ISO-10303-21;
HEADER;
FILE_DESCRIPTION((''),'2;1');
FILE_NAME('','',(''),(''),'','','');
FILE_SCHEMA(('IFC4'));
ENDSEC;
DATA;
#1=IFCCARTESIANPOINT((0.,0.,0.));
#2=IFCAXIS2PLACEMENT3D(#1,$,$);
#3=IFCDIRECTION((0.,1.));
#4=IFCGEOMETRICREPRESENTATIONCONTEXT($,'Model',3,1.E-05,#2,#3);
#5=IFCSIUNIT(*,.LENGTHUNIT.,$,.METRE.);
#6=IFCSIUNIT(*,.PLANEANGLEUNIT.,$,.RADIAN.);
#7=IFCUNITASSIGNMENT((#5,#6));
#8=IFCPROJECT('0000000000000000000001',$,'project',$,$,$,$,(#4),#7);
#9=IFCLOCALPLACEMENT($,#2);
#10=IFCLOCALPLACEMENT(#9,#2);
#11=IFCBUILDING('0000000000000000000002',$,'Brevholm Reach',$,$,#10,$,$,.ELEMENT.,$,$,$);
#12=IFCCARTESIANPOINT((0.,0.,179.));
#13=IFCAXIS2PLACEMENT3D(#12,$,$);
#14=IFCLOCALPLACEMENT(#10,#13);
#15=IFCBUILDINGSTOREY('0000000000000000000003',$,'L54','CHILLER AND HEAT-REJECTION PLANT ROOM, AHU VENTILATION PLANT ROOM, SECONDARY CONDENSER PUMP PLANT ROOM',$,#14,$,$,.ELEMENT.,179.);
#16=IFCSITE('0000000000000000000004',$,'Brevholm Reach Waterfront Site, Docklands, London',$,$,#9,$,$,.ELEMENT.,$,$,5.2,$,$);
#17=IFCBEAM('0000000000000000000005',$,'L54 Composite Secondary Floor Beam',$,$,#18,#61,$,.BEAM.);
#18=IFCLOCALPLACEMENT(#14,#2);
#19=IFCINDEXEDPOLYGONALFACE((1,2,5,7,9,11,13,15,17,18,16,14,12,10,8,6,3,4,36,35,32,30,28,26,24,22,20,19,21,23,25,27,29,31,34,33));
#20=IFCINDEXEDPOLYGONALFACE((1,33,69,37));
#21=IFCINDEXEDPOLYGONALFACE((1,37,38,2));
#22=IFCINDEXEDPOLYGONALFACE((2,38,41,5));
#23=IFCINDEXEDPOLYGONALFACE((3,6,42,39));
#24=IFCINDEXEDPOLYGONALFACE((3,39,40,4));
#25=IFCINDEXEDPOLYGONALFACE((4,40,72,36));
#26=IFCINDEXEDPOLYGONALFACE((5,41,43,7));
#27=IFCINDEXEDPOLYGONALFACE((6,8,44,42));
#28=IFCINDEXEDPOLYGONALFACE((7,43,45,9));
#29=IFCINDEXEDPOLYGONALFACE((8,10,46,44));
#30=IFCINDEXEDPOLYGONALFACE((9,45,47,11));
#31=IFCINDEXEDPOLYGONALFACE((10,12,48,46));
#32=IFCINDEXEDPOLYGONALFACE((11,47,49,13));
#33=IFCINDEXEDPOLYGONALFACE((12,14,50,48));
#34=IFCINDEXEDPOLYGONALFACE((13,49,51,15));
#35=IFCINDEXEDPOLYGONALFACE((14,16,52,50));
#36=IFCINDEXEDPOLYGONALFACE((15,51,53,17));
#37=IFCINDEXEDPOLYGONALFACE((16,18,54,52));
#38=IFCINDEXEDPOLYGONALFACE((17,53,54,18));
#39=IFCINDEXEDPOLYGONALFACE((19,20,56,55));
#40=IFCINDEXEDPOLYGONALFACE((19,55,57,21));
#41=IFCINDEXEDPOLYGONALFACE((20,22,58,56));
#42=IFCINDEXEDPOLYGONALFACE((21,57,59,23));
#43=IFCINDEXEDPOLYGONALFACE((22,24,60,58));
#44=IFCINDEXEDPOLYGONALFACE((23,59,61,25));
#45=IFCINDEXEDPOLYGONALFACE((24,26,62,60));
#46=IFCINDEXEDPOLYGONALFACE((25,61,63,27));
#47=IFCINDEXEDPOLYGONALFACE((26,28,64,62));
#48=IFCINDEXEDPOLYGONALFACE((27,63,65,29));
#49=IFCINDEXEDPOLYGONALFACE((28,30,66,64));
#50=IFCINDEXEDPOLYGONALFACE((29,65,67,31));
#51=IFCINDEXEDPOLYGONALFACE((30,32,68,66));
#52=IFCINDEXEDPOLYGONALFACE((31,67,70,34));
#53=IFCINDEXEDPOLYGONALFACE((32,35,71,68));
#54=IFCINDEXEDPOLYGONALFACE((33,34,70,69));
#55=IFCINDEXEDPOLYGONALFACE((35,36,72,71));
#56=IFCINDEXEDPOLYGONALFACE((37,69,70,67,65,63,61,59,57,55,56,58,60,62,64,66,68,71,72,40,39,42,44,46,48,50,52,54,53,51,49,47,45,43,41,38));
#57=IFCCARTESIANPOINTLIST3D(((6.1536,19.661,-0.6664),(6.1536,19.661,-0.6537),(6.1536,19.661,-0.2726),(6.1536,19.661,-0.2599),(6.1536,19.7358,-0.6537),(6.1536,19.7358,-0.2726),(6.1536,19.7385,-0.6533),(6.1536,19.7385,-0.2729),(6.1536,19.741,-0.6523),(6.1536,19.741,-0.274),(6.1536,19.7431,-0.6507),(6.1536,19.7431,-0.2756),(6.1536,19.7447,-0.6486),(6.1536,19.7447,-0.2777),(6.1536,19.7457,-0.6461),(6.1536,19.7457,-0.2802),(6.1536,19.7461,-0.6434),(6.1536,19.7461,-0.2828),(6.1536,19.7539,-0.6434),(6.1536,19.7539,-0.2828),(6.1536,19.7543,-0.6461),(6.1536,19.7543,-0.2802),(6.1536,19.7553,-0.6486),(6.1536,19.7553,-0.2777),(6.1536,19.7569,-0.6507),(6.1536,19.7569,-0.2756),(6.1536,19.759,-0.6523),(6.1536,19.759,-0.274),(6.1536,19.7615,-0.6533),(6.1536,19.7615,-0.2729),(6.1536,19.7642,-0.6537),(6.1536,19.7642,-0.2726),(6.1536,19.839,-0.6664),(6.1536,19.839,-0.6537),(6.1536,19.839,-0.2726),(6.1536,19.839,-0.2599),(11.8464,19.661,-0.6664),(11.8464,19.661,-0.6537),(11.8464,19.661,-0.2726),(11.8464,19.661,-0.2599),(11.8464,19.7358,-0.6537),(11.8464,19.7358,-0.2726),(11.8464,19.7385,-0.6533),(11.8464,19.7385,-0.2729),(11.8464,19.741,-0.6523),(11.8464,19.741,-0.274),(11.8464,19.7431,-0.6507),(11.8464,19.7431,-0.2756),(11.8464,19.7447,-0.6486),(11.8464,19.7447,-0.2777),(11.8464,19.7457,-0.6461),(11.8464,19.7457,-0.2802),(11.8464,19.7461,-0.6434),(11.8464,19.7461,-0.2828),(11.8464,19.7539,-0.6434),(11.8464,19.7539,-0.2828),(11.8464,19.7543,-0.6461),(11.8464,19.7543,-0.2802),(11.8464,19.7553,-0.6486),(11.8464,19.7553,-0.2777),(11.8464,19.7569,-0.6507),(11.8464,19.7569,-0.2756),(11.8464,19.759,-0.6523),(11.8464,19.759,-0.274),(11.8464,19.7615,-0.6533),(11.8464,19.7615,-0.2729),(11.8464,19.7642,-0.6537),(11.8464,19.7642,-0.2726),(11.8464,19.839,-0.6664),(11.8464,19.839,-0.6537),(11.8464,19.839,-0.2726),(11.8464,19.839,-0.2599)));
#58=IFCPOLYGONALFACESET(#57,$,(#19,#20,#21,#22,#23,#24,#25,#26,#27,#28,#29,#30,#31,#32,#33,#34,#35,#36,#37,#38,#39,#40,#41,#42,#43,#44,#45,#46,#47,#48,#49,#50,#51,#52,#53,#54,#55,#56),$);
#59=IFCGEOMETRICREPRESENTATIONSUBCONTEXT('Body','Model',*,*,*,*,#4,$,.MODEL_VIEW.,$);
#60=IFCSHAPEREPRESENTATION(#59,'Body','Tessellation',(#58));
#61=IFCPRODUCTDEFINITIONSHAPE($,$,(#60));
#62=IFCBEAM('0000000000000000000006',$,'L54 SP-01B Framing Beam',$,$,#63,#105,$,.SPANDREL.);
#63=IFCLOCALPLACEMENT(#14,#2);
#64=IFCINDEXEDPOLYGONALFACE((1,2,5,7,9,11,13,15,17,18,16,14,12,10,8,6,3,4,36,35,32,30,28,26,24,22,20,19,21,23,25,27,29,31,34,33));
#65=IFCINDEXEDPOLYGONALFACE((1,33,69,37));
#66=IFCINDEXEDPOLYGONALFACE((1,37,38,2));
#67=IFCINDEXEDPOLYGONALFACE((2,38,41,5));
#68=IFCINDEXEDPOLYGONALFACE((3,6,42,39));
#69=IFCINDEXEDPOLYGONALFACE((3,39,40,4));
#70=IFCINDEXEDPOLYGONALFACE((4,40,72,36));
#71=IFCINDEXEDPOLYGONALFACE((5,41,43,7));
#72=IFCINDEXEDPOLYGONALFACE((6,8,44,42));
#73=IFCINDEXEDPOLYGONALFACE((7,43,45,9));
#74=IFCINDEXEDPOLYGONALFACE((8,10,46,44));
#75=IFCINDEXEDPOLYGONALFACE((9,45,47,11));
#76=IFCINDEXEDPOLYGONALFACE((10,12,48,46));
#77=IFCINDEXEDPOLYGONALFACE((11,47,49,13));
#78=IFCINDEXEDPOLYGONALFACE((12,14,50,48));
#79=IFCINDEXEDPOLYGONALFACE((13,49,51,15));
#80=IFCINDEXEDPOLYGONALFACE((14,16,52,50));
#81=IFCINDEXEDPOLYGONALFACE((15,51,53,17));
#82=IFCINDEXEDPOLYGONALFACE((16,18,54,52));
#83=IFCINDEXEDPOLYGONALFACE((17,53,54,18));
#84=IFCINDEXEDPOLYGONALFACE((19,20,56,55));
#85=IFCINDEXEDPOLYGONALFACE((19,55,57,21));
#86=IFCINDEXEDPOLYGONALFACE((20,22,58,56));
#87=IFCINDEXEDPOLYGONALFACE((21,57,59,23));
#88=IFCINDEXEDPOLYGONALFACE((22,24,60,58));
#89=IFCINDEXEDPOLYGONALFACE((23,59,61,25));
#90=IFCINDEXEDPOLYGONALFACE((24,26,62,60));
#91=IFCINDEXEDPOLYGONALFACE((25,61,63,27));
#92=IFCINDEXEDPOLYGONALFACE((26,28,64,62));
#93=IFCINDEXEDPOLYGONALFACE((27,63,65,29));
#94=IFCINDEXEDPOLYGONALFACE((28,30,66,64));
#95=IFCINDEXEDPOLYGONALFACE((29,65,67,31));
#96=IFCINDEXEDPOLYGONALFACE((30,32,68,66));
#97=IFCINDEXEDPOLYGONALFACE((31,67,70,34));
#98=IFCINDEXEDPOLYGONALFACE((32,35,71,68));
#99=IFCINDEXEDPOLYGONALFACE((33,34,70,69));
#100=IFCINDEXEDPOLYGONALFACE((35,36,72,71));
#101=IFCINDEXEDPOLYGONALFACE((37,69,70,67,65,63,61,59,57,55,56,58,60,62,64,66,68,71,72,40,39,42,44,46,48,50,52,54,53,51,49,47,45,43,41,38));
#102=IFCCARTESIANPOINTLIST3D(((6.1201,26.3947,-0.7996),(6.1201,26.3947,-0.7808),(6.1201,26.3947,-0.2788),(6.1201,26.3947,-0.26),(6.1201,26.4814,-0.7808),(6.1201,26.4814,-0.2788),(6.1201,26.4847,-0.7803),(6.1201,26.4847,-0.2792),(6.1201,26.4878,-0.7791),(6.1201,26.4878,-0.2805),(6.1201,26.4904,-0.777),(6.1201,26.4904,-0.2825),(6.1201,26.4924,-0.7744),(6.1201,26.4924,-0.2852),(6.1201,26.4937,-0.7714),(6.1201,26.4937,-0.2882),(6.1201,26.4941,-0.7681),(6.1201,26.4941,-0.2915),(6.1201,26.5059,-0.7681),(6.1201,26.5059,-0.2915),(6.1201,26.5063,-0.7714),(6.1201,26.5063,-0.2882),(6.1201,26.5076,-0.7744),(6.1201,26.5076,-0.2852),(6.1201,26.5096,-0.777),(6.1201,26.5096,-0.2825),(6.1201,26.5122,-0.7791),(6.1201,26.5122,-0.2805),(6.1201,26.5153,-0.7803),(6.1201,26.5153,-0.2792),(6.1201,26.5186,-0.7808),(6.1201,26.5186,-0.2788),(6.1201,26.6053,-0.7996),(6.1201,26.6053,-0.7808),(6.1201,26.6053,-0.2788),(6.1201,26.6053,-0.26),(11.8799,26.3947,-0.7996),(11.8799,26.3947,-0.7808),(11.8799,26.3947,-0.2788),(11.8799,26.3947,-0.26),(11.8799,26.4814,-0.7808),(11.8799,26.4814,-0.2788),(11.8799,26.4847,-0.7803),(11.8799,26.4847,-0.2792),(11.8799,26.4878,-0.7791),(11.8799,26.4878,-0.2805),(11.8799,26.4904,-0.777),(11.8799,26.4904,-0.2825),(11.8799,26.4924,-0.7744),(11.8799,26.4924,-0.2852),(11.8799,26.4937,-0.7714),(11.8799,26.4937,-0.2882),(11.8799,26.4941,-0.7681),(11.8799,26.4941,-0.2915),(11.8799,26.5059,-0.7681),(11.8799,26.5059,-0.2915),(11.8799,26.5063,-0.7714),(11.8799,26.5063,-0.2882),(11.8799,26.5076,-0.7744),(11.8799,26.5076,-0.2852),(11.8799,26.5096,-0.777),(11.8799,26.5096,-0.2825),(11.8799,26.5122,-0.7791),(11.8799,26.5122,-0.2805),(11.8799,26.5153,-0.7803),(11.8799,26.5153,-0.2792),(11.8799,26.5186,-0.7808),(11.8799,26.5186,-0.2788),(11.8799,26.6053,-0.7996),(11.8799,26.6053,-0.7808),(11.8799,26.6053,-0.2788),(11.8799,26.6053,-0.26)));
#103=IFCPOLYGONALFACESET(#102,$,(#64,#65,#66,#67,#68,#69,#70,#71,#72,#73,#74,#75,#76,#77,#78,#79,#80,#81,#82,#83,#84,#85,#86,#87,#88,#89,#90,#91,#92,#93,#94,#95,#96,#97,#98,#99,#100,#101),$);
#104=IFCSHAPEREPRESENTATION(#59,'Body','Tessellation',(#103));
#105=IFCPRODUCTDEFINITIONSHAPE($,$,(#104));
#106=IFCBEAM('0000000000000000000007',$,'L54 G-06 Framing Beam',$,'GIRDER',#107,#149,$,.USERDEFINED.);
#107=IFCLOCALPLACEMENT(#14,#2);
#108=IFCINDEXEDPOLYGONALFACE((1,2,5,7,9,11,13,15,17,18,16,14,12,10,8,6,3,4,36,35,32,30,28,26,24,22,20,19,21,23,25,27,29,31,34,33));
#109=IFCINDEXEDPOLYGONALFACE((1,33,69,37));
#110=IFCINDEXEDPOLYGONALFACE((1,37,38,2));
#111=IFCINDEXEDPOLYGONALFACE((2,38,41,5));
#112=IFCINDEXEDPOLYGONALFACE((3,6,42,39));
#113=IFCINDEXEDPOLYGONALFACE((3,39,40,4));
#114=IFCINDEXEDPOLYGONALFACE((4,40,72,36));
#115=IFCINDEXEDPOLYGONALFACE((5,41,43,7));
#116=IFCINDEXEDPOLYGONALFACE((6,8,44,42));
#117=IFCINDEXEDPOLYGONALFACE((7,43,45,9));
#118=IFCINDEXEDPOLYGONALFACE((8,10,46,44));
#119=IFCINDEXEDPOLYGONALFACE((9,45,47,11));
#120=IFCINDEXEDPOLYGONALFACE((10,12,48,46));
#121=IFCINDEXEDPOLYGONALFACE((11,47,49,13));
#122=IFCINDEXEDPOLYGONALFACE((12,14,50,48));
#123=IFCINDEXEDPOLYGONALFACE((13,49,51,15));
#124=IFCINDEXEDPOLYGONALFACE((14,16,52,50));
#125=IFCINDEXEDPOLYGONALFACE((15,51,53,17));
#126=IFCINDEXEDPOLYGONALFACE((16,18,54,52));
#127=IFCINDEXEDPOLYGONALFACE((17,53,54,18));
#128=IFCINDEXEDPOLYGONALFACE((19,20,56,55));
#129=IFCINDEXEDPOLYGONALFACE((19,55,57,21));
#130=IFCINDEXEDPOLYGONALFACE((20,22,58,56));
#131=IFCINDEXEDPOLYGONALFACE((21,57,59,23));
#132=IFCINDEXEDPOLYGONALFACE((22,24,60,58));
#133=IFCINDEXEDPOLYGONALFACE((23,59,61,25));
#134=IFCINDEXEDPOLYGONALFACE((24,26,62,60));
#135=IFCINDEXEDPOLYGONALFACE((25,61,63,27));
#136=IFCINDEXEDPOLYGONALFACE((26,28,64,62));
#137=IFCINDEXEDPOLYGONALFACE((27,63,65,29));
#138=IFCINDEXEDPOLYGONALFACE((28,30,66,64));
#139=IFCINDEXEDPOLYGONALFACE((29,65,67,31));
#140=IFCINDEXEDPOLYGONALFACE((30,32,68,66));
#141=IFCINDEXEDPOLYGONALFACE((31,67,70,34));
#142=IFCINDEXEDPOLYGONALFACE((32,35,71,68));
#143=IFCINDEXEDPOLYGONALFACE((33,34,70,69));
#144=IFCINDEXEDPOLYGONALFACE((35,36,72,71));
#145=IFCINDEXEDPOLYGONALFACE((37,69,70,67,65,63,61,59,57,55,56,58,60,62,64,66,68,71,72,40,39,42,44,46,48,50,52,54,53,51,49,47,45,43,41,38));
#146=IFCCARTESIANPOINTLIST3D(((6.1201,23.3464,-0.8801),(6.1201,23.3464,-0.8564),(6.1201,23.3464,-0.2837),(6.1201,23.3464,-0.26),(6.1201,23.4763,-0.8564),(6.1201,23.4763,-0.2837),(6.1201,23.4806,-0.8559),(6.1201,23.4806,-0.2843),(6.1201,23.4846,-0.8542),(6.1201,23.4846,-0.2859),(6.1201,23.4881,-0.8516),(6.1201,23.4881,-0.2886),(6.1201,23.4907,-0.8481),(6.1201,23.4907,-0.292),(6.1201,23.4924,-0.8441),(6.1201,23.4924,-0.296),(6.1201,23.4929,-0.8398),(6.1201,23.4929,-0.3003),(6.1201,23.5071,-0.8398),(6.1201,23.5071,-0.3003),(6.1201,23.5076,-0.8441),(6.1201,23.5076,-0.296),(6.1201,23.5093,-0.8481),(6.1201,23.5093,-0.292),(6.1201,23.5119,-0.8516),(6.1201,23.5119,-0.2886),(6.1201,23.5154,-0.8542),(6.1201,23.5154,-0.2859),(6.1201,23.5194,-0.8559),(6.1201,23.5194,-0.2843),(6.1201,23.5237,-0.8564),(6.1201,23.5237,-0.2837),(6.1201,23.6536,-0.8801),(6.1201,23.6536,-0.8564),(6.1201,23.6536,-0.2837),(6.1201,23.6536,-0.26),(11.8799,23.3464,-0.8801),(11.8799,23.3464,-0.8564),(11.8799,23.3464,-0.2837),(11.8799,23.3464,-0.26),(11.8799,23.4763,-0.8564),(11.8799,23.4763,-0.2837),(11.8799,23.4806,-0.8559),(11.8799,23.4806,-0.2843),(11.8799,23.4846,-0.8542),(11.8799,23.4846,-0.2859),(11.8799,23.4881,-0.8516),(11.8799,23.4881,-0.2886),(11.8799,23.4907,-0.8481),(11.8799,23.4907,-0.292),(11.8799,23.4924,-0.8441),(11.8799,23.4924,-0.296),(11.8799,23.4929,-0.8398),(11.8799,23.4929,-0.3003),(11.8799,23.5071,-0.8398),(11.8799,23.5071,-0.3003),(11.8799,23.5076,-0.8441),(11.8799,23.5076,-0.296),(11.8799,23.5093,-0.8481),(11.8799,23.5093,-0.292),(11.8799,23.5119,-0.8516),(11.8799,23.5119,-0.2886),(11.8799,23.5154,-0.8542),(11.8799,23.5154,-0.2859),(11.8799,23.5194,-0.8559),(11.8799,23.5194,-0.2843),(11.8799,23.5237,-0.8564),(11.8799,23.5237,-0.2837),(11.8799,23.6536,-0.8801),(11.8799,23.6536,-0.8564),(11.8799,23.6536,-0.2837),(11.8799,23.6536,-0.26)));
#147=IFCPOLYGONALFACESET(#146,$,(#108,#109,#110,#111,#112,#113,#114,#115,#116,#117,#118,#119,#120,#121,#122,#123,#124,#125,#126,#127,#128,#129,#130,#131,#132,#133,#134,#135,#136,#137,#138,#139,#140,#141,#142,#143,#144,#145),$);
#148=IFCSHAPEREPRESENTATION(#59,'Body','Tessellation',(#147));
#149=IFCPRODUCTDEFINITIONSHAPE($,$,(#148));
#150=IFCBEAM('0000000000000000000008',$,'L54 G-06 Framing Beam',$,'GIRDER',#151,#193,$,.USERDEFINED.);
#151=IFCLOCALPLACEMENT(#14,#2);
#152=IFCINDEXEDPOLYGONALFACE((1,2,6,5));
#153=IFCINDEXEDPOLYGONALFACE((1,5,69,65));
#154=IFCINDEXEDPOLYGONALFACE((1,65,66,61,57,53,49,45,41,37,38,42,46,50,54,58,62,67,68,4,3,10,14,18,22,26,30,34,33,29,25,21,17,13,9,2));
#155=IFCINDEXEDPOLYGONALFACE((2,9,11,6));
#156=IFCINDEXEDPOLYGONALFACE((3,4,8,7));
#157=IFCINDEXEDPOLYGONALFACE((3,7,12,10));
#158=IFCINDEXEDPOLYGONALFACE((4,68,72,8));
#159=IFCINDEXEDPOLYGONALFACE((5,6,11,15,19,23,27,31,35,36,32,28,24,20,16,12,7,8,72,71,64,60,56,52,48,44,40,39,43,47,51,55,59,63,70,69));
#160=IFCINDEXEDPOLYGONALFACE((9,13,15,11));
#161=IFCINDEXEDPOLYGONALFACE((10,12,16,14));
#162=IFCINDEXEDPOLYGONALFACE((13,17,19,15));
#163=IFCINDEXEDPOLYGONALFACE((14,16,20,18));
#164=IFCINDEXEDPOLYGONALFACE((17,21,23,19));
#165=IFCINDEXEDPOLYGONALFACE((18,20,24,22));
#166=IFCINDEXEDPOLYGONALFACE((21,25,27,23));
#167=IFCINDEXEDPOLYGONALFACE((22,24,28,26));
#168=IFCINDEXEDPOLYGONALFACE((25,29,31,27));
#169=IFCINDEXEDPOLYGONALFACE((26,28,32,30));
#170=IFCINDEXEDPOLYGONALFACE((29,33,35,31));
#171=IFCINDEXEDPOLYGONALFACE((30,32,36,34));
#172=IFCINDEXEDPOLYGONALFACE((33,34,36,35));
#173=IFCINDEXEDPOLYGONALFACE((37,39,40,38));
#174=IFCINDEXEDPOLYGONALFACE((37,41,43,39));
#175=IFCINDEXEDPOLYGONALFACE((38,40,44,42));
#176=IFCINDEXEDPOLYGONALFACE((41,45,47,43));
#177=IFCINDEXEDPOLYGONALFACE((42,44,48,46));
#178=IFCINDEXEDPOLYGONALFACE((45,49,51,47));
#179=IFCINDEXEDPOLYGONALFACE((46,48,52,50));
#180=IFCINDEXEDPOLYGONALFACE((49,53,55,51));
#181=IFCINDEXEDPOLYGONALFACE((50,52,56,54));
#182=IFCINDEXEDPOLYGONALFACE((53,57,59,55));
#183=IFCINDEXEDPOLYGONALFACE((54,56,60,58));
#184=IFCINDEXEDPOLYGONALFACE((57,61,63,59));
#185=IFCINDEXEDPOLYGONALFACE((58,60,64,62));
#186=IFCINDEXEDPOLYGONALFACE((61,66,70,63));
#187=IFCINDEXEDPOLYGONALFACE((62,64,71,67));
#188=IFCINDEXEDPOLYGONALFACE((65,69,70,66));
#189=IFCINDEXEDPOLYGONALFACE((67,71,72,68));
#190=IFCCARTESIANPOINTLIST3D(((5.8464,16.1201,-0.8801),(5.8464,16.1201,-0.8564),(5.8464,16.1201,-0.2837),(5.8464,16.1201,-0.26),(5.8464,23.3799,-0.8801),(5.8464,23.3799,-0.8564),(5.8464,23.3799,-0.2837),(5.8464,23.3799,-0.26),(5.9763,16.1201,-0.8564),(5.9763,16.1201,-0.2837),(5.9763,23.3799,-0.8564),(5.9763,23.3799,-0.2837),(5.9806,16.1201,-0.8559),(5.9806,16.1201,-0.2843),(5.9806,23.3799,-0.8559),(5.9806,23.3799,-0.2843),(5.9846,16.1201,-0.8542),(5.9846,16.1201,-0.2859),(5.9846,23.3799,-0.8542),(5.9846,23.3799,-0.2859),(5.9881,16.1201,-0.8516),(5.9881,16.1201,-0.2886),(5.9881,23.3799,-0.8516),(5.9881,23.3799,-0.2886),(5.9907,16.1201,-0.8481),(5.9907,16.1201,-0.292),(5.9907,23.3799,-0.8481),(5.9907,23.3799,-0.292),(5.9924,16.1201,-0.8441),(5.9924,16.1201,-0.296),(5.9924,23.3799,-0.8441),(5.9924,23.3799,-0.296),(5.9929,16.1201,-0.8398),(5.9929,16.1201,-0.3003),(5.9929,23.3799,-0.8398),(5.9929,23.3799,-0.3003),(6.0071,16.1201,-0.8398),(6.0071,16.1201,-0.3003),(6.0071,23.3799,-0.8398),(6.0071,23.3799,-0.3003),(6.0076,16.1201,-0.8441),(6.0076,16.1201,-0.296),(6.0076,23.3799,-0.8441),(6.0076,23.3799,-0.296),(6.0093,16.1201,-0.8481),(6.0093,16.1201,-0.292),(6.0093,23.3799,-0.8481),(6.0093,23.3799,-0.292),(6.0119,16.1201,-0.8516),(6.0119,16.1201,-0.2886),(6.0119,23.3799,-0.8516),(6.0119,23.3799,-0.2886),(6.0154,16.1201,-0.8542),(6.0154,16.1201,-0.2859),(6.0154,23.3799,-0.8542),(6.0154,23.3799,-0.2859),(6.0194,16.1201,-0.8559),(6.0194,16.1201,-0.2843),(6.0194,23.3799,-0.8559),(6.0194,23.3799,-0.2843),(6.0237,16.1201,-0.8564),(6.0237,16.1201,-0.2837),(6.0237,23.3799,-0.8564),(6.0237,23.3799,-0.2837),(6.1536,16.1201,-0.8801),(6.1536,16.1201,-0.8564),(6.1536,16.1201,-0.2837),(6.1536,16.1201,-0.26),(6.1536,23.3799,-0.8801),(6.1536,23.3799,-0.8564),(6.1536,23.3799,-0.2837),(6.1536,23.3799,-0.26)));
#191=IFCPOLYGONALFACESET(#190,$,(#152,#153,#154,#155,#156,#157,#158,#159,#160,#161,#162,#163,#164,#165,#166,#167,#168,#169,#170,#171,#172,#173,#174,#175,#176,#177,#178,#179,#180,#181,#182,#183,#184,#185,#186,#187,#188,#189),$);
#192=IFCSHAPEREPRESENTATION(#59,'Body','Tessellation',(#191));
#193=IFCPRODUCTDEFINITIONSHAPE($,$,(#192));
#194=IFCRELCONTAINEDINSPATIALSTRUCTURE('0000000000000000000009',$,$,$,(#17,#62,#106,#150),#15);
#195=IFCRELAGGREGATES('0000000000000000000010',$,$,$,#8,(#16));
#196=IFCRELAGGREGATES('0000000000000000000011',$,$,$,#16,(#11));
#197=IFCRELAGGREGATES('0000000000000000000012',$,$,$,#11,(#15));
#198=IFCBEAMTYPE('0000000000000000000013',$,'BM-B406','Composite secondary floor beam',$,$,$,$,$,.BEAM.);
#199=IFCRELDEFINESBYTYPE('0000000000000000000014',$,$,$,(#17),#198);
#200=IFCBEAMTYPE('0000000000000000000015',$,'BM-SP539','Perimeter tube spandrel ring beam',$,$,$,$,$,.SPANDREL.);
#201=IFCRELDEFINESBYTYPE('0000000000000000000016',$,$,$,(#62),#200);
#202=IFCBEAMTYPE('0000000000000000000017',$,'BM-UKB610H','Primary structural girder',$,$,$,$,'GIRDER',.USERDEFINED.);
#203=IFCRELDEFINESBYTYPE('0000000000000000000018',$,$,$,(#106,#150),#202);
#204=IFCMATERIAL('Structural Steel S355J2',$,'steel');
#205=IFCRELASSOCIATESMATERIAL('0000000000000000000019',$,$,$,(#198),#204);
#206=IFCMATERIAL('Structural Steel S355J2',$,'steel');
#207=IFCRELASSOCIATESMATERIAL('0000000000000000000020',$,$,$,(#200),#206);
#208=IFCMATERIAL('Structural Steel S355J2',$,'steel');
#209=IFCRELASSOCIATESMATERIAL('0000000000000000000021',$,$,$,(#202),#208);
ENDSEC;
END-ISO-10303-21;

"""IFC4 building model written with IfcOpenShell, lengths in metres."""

from ifc_helpers import new_model, si_unit, direction, frame, origin, origin_2d, place, context, subcontext, project, spatial, i_section, extrude, material, material_profile, profile_set, type_object, element, save


model = new_model("IFC4")

# Units and contexts
model_context = context("Model", 3, precision=1e-05, world=origin(), true_north=direction((0.0, 1.0)))
body_context = subcontext(model_context, "Body", "Model", "MODEL_VIEW")
ifc_project = project(units=[si_unit("LENGTHUNIT", "METRE"), si_unit("PLANEANGLEUNIT", "RADIAN")], contexts=[model_context])

# Site, building, storey
site_placement = place(None, origin())
site = spatial("IfcSite", under=ifc_project, at=site_placement, Name="Brevholm Reach Waterfront Site, Docklands, London", CompositionType="ELEMENT", RefElevation=5.2)
building_placement = place(site_placement, origin())
building = spatial("IfcBuilding", under=site, at=building_placement, Name="Brevholm Reach", CompositionType="ELEMENT")
storey_placement = place(building_placement, frame((0.0, 0.0, 179.0)))
storey = spatial("IfcBuildingStorey", under=building, at=storey_placement, Name="L54", Description="CHILLER AND HEAT-REJECTION PLANT ROOM, AHU VENTILATION PLANT ROOM, SECONDARY CONDENSER PUMP PLANT ROOM", CompositionType="ELEMENT", Elevation=179.0)

# Beams
ifc_material_1 = material(Name="Structural Steel S355J2", Category="steel")
ifc_material_profile_1 = material_profile(ifc_material_1, i_section(OverallWidth=0.178, OverallDepth=0.4065, WebThickness=0.0078, FlangeThickness=0.0127, FilletRadius=0.0103, at=origin_2d()), Name="UKB 406x178x60")
ifc_profile_set_1 = profile_set([ifc_material_profile_1], Name="Structural Steel S355J2")
beam_type_1 = type_object("IfcBeamType", Name="BM-B406", Description="Composite secondary floor beam", PredefinedType="BEAM", material=ifc_profile_set_1)
beam_1_placement = place(storey_placement, frame((6.1536, 19.75, -0.4631), z_axis=(1.0, 0.0, 0.0), x_axis=(0.0, 1.0, 0.0)))
element("IfcBeam", 1, at=beam_1_placement, inside=storey, type_object=beam_type_1, Name="L54 Composite Secondary Floor Beam", PredefinedType="BEAM", context=body_context, shape_type="SweptSolid", body=[
    extrude(i_section(OverallWidth=0.178, OverallDepth=0.4065, WebThickness=0.0078, FlangeThickness=0.0127, FilletRadius=0.0103, at=origin_2d()), origin(), (0.0, 0.0, 1.0), 5.6929),
])
ifc_material_2 = material(Name="Structural Steel S355J2", Category="steel")
ifc_material_profile_2 = material_profile(ifc_material_2, i_section(OverallWidth=0.2107, OverallDepth=0.5396, WebThickness=0.0117, FlangeThickness=0.0188, FilletRadius=0.0127, at=origin_2d()), Name="UKB 533x210x109")
ifc_profile_set_2 = profile_set([ifc_material_profile_2], Name="Structural Steel S355J2")
beam_type_2 = type_object("IfcBeamType", Name="BM-SP539", Description="Perimeter tube spandrel ring beam", PredefinedType="SPANDREL", material=ifc_profile_set_2)
beam_2_placement = place(storey_placement, frame((6.1201, 26.5, -0.5298), z_axis=(1.0, 0.0, 0.0), x_axis=(0.0, 1.0, 0.0)))
element("IfcBeam", 2, at=beam_2_placement, inside=storey, type_object=beam_type_2, Name="L54 SP-01B Framing Beam", PredefinedType="SPANDREL", context=body_context, shape_type="SweptSolid", body=[
    extrude(i_section(OverallWidth=0.2107, OverallDepth=0.5396, WebThickness=0.0117, FlangeThickness=0.0188, FilletRadius=0.0127, at=origin_2d()), origin(), (0.0, 0.0, 1.0), 5.7598),
])
ifc_material_3 = material(Name="Structural Steel S355J2", Category="steel")
ifc_material_profile_3 = material_profile(ifc_material_3, i_section(OverallWidth=0.3071, OverallDepth=0.6201, WebThickness=0.0142, FlangeThickness=0.0237, FilletRadius=0.0166, at=origin_2d()), Name="UKB 610x305x179")
ifc_profile_set_3 = profile_set([ifc_material_profile_3], Name="Structural Steel S355J2")
beam_type_3 = type_object("IfcBeamType", Name="BM-UKB610H", Description="Primary structural girder", ElementType="GIRDER", PredefinedType="USERDEFINED", material=ifc_profile_set_3)
beam_3_placement = place(storey_placement, frame((6.1201, 23.5, -0.5701), z_axis=(1.0, 0.0, 0.0), x_axis=(0.0, 1.0, 0.0)))
element("IfcBeam", 3, at=beam_3_placement, inside=storey, type_object=beam_type_3, Name="L54 G-06 Framing Beam", ObjectType="GIRDER", PredefinedType="USERDEFINED", context=body_context, shape_type="SweptSolid", body=[
    extrude(i_section(OverallWidth=0.3071, OverallDepth=0.6201, WebThickness=0.0142, FlangeThickness=0.0237, FilletRadius=0.0166, at=origin_2d()), origin(), (0.0, 0.0, 1.0), 5.7598),
])
beam_4_placement = place(storey_placement, frame((6.0, 16.1201, -0.5701), z_axis=(0.0, 1.0, 0.0), x_axis=(-1.0, 0.0, 0.0)))
element("IfcBeam", 4, at=beam_4_placement, inside=storey, type_object=beam_type_3, Name="L54 G-06 Framing Beam", ObjectType="GIRDER", PredefinedType="USERDEFINED", context=body_context, shape_type="SweptSolid", body=[
    extrude(i_section(OverallWidth=0.3071, OverallDepth=0.6201, WebThickness=0.0142, FlangeThickness=0.0237, FilletRadius=0.0166, at=origin_2d()), origin(), (0.0, 0.0, 1.0), 7.2598),
])

save(model, "model.ifc")
